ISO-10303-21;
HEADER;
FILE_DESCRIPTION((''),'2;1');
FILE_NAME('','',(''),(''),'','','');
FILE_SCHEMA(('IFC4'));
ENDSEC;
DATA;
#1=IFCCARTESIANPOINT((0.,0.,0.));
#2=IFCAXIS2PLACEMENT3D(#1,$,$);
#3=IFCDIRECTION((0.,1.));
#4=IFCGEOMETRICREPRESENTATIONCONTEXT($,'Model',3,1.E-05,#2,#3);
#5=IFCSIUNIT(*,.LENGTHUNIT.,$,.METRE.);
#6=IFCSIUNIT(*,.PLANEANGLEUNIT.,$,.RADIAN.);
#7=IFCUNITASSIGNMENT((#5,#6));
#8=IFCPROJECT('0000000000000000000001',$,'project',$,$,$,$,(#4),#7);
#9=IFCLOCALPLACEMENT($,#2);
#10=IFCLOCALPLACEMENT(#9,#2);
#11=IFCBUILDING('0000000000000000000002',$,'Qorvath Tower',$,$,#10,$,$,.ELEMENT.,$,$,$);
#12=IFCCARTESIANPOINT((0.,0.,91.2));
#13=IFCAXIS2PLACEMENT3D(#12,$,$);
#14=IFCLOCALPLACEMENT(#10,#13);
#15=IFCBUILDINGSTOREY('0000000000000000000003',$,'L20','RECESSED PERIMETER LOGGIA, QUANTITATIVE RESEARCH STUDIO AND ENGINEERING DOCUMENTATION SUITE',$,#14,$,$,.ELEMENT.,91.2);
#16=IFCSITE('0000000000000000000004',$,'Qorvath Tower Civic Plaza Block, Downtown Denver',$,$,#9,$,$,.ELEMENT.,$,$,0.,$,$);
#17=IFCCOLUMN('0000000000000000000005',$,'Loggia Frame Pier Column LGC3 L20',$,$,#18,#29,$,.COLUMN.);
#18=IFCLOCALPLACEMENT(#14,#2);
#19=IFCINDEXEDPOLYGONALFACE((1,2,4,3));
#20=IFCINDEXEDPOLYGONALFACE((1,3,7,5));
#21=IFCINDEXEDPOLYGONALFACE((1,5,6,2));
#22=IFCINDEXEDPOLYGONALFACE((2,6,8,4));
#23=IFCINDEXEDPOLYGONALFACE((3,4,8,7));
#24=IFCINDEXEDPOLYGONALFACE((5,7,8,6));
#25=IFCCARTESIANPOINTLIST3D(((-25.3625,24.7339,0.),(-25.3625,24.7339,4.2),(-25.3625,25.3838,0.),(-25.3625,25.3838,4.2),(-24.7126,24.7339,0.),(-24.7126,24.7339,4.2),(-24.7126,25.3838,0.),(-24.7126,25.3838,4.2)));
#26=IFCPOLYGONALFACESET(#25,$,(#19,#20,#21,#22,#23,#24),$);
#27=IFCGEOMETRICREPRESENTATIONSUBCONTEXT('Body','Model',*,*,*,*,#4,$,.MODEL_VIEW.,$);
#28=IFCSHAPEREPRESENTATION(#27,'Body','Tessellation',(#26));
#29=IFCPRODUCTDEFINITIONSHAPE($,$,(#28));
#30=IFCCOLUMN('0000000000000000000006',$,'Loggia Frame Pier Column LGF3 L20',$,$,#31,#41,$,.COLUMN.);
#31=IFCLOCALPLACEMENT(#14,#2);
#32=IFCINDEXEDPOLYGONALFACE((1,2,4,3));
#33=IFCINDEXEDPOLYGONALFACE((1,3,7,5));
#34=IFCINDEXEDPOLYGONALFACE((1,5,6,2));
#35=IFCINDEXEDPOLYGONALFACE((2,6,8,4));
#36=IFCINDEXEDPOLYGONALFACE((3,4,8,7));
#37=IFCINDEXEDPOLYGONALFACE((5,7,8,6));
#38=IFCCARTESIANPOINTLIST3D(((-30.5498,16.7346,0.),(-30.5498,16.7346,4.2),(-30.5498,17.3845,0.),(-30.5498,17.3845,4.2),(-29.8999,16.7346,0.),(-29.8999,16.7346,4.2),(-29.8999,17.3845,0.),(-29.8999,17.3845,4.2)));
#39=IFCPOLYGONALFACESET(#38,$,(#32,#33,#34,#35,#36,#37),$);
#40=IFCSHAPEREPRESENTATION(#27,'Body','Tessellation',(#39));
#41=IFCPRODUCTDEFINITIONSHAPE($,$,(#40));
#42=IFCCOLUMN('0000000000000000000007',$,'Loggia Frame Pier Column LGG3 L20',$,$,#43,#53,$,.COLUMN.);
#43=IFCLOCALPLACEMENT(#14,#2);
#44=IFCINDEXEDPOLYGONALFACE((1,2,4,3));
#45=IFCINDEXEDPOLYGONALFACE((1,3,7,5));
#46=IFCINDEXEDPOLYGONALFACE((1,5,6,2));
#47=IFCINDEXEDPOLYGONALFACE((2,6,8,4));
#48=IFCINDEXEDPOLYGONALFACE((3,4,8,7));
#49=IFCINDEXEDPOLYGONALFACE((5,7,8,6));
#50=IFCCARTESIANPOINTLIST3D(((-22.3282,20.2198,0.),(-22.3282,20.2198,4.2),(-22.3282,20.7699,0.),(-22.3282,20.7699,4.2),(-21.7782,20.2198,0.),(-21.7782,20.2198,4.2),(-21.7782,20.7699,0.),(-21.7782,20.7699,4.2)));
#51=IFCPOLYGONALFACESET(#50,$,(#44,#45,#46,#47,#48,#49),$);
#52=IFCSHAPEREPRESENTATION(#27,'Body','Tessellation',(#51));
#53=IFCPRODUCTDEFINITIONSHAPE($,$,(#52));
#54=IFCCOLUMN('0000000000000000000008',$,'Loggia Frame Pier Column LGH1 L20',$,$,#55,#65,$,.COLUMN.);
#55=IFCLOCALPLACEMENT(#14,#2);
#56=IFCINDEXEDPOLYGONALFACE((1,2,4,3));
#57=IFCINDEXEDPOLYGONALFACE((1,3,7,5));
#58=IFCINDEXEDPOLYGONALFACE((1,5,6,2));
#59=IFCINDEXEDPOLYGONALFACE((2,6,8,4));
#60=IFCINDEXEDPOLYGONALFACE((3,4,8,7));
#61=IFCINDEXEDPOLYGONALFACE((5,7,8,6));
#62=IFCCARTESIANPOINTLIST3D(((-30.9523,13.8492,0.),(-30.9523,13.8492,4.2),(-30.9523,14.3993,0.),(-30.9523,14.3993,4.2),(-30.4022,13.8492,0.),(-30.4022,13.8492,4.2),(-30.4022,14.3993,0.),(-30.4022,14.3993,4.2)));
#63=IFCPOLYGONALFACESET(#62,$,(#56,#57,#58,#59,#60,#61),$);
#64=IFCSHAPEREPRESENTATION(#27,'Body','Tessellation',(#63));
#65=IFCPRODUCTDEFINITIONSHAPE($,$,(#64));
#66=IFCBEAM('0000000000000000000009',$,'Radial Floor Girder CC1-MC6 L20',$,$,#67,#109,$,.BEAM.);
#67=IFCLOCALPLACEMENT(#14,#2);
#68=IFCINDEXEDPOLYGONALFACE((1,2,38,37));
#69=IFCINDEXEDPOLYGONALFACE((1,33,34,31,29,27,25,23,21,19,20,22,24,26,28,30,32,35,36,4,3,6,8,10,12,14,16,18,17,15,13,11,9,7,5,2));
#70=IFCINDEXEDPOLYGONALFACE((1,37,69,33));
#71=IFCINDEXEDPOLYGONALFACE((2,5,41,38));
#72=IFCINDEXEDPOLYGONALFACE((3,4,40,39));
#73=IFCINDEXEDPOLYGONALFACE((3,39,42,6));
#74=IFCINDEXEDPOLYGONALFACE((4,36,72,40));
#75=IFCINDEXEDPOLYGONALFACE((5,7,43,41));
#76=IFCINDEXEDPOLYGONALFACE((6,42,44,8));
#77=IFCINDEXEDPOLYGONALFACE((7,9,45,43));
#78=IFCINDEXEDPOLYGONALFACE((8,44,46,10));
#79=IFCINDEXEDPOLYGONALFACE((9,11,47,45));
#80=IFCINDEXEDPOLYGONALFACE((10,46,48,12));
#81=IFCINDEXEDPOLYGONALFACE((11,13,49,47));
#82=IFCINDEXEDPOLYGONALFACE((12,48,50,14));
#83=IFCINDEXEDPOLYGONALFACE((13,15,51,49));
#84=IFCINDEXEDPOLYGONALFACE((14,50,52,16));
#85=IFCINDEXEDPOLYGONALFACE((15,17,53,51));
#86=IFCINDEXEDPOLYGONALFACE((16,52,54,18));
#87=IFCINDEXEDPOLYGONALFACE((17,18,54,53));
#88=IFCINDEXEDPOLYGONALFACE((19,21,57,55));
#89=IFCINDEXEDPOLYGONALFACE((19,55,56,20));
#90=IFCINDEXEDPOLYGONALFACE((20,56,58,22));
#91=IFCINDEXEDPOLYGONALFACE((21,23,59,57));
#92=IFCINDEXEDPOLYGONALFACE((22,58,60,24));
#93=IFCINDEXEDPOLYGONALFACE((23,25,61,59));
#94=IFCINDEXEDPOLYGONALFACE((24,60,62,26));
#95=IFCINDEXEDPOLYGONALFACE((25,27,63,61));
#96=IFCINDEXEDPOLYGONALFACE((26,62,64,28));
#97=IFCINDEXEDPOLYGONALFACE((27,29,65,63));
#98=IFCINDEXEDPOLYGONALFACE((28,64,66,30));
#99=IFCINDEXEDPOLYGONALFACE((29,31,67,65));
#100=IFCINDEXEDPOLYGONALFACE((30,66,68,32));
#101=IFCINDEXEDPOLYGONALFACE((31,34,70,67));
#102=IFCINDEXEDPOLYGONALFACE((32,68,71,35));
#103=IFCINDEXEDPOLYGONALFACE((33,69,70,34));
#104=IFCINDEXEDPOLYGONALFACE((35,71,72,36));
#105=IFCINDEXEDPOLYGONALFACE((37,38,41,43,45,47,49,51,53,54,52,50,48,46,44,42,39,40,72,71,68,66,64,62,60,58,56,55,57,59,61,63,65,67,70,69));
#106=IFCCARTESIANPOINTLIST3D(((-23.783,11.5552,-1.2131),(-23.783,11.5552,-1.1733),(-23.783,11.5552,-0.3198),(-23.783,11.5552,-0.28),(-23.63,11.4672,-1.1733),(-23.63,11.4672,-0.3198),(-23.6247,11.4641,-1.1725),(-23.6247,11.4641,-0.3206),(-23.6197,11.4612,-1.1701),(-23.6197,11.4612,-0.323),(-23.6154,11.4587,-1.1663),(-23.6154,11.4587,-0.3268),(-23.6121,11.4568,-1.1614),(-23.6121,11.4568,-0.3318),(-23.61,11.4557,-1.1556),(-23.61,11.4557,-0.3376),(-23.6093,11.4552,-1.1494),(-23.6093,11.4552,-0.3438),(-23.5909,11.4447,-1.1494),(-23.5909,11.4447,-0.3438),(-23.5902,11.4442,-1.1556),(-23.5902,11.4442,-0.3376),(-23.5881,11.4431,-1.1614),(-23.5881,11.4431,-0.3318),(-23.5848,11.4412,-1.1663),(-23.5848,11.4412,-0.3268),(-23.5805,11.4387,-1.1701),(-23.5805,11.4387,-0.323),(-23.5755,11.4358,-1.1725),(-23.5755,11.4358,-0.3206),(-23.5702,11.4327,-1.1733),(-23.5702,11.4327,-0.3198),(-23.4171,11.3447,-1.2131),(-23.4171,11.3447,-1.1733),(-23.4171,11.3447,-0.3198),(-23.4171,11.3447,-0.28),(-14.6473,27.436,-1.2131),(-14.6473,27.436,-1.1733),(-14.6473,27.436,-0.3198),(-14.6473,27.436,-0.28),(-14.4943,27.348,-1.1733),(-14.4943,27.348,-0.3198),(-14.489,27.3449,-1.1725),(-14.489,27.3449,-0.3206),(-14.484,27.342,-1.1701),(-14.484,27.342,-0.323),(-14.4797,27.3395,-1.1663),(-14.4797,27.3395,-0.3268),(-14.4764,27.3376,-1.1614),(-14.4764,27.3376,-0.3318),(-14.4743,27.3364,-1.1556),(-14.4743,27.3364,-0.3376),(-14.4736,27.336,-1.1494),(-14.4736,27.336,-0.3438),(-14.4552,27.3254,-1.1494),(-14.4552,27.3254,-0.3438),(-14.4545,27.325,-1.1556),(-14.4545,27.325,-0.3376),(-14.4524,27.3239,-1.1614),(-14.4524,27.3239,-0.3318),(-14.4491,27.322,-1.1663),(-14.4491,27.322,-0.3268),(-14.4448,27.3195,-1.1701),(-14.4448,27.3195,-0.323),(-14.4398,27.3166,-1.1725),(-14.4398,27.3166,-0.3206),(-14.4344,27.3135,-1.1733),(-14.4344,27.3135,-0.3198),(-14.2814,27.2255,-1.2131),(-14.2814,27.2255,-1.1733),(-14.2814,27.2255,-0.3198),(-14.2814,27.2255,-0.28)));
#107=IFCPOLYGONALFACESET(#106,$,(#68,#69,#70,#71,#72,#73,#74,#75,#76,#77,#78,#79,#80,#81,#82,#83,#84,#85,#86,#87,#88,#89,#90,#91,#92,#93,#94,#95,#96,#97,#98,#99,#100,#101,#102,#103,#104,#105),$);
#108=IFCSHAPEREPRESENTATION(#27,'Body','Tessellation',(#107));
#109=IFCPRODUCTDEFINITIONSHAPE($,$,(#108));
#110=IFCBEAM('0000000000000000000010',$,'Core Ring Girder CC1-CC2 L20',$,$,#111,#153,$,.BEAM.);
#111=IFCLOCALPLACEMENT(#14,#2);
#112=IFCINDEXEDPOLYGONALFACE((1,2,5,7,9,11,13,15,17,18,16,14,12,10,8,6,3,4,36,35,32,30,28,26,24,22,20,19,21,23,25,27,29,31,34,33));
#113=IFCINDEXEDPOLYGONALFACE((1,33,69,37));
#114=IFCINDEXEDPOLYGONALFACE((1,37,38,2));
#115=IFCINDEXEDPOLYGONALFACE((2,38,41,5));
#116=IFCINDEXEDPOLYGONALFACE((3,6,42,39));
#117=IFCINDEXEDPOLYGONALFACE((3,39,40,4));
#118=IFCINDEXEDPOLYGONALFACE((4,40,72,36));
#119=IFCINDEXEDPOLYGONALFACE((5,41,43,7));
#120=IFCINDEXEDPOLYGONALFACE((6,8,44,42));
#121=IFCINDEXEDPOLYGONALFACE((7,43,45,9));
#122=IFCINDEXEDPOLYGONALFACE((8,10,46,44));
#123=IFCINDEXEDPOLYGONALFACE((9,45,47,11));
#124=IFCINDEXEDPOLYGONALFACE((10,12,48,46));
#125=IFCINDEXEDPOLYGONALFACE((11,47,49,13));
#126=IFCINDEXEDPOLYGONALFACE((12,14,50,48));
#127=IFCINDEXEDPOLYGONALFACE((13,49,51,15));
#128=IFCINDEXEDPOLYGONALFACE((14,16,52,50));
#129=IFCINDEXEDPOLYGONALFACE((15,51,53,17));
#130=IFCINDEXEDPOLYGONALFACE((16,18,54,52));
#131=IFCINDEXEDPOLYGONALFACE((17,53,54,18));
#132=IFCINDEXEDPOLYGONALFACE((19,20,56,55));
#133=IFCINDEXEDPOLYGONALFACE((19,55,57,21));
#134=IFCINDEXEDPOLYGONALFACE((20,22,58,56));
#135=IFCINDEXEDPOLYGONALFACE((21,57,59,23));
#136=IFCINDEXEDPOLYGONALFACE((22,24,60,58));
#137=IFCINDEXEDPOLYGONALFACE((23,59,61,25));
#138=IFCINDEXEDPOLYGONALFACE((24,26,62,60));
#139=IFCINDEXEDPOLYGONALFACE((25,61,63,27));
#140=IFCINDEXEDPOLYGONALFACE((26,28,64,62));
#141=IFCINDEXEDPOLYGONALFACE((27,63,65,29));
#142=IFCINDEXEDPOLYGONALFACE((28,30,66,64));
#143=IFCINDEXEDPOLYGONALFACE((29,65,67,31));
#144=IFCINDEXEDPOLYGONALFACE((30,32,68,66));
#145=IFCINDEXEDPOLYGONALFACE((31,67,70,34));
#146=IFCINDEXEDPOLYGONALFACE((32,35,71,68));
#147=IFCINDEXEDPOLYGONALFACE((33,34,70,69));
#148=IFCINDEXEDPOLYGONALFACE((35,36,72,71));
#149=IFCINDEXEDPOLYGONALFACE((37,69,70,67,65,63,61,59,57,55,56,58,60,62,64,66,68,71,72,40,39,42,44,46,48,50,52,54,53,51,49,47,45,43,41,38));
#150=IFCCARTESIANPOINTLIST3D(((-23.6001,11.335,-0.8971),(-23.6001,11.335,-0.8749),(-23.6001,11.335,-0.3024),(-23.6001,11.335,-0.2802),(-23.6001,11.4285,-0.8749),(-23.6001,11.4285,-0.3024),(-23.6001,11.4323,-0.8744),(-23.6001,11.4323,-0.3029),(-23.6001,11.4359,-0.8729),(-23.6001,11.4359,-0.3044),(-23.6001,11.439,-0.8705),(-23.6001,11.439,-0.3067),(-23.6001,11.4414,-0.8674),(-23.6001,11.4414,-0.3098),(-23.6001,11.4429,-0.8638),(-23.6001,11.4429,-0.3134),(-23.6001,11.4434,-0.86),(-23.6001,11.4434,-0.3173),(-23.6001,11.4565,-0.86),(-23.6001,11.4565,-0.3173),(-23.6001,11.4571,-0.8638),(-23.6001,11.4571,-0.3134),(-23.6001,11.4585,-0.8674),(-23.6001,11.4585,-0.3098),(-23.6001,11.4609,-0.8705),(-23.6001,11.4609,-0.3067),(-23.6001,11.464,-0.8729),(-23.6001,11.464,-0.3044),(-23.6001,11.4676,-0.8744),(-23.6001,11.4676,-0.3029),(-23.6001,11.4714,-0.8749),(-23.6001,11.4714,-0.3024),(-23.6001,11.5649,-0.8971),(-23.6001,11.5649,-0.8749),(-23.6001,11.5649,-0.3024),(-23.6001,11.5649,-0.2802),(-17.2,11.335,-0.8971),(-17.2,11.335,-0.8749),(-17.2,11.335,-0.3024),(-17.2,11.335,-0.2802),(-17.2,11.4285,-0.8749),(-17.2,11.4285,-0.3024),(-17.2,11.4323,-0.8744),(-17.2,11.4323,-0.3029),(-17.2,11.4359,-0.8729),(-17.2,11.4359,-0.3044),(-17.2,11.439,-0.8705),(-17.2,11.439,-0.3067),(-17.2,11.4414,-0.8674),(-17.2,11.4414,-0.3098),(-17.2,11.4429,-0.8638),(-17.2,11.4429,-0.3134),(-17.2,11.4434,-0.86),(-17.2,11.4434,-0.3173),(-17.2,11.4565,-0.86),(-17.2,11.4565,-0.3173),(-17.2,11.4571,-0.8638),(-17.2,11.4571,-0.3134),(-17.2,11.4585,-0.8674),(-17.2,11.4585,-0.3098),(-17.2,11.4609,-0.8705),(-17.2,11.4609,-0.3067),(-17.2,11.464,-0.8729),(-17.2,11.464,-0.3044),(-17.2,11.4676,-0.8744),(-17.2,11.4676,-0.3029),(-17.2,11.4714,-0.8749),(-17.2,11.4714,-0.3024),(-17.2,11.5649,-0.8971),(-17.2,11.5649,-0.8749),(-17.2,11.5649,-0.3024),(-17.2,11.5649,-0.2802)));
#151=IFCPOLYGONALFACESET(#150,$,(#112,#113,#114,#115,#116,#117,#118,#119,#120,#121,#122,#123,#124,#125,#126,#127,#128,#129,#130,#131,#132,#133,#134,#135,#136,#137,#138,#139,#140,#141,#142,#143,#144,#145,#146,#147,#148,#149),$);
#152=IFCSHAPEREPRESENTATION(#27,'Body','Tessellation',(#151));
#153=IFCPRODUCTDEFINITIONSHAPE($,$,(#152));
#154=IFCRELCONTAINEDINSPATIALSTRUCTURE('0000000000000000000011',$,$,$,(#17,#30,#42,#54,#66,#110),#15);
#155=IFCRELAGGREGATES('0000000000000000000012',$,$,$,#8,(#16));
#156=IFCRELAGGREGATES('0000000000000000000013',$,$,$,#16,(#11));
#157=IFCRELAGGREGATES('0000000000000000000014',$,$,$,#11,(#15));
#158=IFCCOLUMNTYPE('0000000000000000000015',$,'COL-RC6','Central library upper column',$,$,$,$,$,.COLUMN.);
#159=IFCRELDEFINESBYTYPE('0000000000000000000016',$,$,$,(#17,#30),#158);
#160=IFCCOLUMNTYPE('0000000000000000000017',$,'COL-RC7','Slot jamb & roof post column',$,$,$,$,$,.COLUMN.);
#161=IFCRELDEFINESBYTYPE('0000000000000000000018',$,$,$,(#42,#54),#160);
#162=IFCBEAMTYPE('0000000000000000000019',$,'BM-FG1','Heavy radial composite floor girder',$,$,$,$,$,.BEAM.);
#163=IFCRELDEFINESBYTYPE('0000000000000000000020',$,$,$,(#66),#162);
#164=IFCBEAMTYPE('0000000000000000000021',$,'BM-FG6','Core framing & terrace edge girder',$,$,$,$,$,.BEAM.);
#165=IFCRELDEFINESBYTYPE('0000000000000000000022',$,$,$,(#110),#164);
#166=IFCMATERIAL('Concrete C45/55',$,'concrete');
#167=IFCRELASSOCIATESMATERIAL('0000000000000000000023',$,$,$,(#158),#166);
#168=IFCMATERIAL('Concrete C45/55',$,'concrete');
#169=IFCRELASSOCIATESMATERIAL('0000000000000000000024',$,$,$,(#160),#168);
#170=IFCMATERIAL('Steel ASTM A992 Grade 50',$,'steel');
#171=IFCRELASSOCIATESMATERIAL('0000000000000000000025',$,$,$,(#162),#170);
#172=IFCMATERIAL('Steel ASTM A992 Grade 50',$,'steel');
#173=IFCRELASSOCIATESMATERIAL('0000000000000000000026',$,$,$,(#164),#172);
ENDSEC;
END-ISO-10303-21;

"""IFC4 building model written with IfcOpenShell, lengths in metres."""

from ifc_helpers import new_model, si_unit, direction, frame, origin, origin_2d, place, context, subcontext, project, spatial, rectangle, i_section, extrude, material, material_profile, profile_set, type_object, element, save


model = new_model("IFC4")

# Units and contexts
model_context = context("Model", 3, precision=1e-05, world=origin(), true_north=direction((0.0, 1.0)))
body_context = subcontext(model_context, "Body", "Model", "MODEL_VIEW")
ifc_project = project(units=[si_unit("LENGTHUNIT", "METRE"), si_unit("PLANEANGLEUNIT", "RADIAN")], contexts=[model_context])

# Site, building, storey
site_placement = place(None, origin())
site = spatial("IfcSite", under=ifc_project, at=site_placement, Name="Qorvath Tower Civic Plaza Block, Downtown Denver", CompositionType="ELEMENT", RefElevation=0.0)
building_placement = place(site_placement, origin())
building = spatial("IfcBuilding", under=site, at=building_placement, Name="Qorvath Tower", CompositionType="ELEMENT")
storey_placement = place(building_placement, frame((0.0, 0.0, 91.2)))
storey = spatial("IfcBuildingStorey", under=building, at=storey_placement, Name="L20", Description="RECESSED PERIMETER LOGGIA, QUANTITATIVE RESEARCH STUDIO AND ENGINEERING DOCUMENTATION SUITE", CompositionType="ELEMENT", Elevation=91.2)

# Columns
ifc_material_1 = material(Name="Concrete C45/55", Category="concrete")
ifc_material_profile_1 = material_profile(ifc_material_1, rectangle(XDim=0.6499, YDim=0.6499, at=origin_2d()), Name="RC 650x650")
ifc_profile_set_1 = profile_set([ifc_material_profile_1], Name="Concrete C45/55")
column_type_1 = type_object("IfcColumnType", Name="COL-RC6", Description="Central library upper column", PredefinedType="COLUMN", material=ifc_profile_set_1)
for number, where, z_axis, x_axis, name in (
    (1, (-25.0376, 25.0588, 0.0), (0.0, 0.0, 1.0), (1.0, 0.0, 0.0), "Loggia Frame Pier Column LGC3 L20"),
    (2, (-30.2249, 17.0596, 0.0), (0.0, 0.0, 1.0), (1.0, 0.0, 0.0), "Loggia Frame Pier Column LGF3 L20"),
):
    element("IfcColumn", number, at=place(storey_placement, frame(where, z_axis=z_axis, x_axis=x_axis)), inside=storey, type_object=column_type_1, Name=name, PredefinedType="COLUMN", context=body_context, shape_type="SweptSolid", body=[
        extrude(rectangle(XDim=0.6499, YDim=0.6499, at=origin_2d()), origin(), (0.0, 0.0, 1.0), 4.2),
    ])
ifc_material_2 = material(Name="Concrete C45/55", Category="concrete")
ifc_material_profile_2 = material_profile(ifc_material_2, rectangle(XDim=0.55, YDim=0.55, at=origin_2d()), Name="RC 550x550")
ifc_profile_set_2 = profile_set([ifc_material_profile_2], Name="Concrete C45/55")
column_type_2 = type_object("IfcColumnType", Name="COL-RC7", Description="Slot jamb & roof post column", PredefinedType="COLUMN", material=ifc_profile_set_2)
for number, where, z_axis, x_axis, name in (
    (3, (-22.0532, 20.4949, 0.0), (0.0, 0.0, 1.0), (1.0, 0.0, 0.0), "Loggia Frame Pier Column LGG3 L20"),
    (4, (-30.6772, 14.1243, 0.0), (0.0, 0.0, 1.0), (1.0, 0.0, 0.0), "Loggia Frame Pier Column LGH1 L20"),
):
    element("IfcColumn", number, at=place(storey_placement, frame(where, z_axis=z_axis, x_axis=x_axis)), inside=storey, type_object=column_type_2, Name=name, PredefinedType="COLUMN", context=body_context, shape_type="SweptSolid", body=[
        extrude(rectangle(XDim=0.55, YDim=0.55, at=origin_2d()), origin(), (0.0, 0.0, 1.0), 4.2),
    ])

# Beams
ifc_material_3 = material(Name="Steel ASTM A992 Grade 50", Category="steel")
ifc_material_profile_3 = material_profile(ifc_material_3, i_section(OverallWidth=0.4221, OverallDepth=0.9331, WebThickness=0.0212, FlangeThickness=0.0398, FilletRadius=0.0239, at=origin_2d()), Name="W36x262")
ifc_profile_set_3 = profile_set([ifc_material_profile_3], Name="Steel ASTM A992 Grade 50")
beam_type_1 = type_object("IfcBeamType", Name="BM-FG1", Description="Heavy radial composite floor girder", PredefinedType="BEAM", material=ifc_profile_set_3)
beam_1_placement = place(storey_placement, frame((-23.6001, 11.45, -0.7466), z_axis=(0.498645, 0.866806, 0.0), x_axis=(-0.866806, 0.498645, 0.0)))
element("IfcBeam", 5, at=beam_1_placement, inside=storey, type_object=beam_type_1, Name="Radial Floor Girder CC1-MC6 L20", PredefinedType="BEAM", context=body_context, shape_type="SweptSolid", body=[
    extrude(i_section(OverallWidth=0.4221, OverallDepth=0.9331, WebThickness=0.0212, FlangeThickness=0.0398, FilletRadius=0.0239, at=origin_2d()), origin(), (0.0, 0.0, 1.0), 18.321),
])
ifc_material_4 = material(Name="Steel ASTM A992 Grade 50", Category="steel")
ifc_material_profile_4 = material_profile(ifc_material_4, i_section(OverallWidth=0.23, OverallDepth=0.6169, WebThickness=0.0132, FlangeThickness=0.0222, FilletRadius=0.0149, at=origin_2d()), Name="W24x94")
ifc_profile_set_4 = profile_set([ifc_material_profile_4], Name="Steel ASTM A992 Grade 50")
beam_type_2 = type_object("IfcBeamType", Name="BM-FG6", Description="Core framing & terrace edge girder", PredefinedType="BEAM", material=ifc_profile_set_4)
beam_2_placement = place(storey_placement, frame((-23.6001, 11.45, -0.5886), z_axis=(1.0, 0.0, 0.0), x_axis=(0.0, 1.0, 0.0)))
element("IfcBeam", 6, at=beam_2_placement, inside=storey, type_object=beam_type_2, Name="Core Ring Girder CC1-CC2 L20", PredefinedType="BEAM", context=body_context, shape_type="SweptSolid", body=[
    extrude(i_section(OverallWidth=0.23, OverallDepth=0.6169, WebThickness=0.0132, FlangeThickness=0.0222, FilletRadius=0.0149, at=origin_2d()), origin(), (0.0, 0.0, 1.0), 6.4001),
])

save(model, "model.ifc")
